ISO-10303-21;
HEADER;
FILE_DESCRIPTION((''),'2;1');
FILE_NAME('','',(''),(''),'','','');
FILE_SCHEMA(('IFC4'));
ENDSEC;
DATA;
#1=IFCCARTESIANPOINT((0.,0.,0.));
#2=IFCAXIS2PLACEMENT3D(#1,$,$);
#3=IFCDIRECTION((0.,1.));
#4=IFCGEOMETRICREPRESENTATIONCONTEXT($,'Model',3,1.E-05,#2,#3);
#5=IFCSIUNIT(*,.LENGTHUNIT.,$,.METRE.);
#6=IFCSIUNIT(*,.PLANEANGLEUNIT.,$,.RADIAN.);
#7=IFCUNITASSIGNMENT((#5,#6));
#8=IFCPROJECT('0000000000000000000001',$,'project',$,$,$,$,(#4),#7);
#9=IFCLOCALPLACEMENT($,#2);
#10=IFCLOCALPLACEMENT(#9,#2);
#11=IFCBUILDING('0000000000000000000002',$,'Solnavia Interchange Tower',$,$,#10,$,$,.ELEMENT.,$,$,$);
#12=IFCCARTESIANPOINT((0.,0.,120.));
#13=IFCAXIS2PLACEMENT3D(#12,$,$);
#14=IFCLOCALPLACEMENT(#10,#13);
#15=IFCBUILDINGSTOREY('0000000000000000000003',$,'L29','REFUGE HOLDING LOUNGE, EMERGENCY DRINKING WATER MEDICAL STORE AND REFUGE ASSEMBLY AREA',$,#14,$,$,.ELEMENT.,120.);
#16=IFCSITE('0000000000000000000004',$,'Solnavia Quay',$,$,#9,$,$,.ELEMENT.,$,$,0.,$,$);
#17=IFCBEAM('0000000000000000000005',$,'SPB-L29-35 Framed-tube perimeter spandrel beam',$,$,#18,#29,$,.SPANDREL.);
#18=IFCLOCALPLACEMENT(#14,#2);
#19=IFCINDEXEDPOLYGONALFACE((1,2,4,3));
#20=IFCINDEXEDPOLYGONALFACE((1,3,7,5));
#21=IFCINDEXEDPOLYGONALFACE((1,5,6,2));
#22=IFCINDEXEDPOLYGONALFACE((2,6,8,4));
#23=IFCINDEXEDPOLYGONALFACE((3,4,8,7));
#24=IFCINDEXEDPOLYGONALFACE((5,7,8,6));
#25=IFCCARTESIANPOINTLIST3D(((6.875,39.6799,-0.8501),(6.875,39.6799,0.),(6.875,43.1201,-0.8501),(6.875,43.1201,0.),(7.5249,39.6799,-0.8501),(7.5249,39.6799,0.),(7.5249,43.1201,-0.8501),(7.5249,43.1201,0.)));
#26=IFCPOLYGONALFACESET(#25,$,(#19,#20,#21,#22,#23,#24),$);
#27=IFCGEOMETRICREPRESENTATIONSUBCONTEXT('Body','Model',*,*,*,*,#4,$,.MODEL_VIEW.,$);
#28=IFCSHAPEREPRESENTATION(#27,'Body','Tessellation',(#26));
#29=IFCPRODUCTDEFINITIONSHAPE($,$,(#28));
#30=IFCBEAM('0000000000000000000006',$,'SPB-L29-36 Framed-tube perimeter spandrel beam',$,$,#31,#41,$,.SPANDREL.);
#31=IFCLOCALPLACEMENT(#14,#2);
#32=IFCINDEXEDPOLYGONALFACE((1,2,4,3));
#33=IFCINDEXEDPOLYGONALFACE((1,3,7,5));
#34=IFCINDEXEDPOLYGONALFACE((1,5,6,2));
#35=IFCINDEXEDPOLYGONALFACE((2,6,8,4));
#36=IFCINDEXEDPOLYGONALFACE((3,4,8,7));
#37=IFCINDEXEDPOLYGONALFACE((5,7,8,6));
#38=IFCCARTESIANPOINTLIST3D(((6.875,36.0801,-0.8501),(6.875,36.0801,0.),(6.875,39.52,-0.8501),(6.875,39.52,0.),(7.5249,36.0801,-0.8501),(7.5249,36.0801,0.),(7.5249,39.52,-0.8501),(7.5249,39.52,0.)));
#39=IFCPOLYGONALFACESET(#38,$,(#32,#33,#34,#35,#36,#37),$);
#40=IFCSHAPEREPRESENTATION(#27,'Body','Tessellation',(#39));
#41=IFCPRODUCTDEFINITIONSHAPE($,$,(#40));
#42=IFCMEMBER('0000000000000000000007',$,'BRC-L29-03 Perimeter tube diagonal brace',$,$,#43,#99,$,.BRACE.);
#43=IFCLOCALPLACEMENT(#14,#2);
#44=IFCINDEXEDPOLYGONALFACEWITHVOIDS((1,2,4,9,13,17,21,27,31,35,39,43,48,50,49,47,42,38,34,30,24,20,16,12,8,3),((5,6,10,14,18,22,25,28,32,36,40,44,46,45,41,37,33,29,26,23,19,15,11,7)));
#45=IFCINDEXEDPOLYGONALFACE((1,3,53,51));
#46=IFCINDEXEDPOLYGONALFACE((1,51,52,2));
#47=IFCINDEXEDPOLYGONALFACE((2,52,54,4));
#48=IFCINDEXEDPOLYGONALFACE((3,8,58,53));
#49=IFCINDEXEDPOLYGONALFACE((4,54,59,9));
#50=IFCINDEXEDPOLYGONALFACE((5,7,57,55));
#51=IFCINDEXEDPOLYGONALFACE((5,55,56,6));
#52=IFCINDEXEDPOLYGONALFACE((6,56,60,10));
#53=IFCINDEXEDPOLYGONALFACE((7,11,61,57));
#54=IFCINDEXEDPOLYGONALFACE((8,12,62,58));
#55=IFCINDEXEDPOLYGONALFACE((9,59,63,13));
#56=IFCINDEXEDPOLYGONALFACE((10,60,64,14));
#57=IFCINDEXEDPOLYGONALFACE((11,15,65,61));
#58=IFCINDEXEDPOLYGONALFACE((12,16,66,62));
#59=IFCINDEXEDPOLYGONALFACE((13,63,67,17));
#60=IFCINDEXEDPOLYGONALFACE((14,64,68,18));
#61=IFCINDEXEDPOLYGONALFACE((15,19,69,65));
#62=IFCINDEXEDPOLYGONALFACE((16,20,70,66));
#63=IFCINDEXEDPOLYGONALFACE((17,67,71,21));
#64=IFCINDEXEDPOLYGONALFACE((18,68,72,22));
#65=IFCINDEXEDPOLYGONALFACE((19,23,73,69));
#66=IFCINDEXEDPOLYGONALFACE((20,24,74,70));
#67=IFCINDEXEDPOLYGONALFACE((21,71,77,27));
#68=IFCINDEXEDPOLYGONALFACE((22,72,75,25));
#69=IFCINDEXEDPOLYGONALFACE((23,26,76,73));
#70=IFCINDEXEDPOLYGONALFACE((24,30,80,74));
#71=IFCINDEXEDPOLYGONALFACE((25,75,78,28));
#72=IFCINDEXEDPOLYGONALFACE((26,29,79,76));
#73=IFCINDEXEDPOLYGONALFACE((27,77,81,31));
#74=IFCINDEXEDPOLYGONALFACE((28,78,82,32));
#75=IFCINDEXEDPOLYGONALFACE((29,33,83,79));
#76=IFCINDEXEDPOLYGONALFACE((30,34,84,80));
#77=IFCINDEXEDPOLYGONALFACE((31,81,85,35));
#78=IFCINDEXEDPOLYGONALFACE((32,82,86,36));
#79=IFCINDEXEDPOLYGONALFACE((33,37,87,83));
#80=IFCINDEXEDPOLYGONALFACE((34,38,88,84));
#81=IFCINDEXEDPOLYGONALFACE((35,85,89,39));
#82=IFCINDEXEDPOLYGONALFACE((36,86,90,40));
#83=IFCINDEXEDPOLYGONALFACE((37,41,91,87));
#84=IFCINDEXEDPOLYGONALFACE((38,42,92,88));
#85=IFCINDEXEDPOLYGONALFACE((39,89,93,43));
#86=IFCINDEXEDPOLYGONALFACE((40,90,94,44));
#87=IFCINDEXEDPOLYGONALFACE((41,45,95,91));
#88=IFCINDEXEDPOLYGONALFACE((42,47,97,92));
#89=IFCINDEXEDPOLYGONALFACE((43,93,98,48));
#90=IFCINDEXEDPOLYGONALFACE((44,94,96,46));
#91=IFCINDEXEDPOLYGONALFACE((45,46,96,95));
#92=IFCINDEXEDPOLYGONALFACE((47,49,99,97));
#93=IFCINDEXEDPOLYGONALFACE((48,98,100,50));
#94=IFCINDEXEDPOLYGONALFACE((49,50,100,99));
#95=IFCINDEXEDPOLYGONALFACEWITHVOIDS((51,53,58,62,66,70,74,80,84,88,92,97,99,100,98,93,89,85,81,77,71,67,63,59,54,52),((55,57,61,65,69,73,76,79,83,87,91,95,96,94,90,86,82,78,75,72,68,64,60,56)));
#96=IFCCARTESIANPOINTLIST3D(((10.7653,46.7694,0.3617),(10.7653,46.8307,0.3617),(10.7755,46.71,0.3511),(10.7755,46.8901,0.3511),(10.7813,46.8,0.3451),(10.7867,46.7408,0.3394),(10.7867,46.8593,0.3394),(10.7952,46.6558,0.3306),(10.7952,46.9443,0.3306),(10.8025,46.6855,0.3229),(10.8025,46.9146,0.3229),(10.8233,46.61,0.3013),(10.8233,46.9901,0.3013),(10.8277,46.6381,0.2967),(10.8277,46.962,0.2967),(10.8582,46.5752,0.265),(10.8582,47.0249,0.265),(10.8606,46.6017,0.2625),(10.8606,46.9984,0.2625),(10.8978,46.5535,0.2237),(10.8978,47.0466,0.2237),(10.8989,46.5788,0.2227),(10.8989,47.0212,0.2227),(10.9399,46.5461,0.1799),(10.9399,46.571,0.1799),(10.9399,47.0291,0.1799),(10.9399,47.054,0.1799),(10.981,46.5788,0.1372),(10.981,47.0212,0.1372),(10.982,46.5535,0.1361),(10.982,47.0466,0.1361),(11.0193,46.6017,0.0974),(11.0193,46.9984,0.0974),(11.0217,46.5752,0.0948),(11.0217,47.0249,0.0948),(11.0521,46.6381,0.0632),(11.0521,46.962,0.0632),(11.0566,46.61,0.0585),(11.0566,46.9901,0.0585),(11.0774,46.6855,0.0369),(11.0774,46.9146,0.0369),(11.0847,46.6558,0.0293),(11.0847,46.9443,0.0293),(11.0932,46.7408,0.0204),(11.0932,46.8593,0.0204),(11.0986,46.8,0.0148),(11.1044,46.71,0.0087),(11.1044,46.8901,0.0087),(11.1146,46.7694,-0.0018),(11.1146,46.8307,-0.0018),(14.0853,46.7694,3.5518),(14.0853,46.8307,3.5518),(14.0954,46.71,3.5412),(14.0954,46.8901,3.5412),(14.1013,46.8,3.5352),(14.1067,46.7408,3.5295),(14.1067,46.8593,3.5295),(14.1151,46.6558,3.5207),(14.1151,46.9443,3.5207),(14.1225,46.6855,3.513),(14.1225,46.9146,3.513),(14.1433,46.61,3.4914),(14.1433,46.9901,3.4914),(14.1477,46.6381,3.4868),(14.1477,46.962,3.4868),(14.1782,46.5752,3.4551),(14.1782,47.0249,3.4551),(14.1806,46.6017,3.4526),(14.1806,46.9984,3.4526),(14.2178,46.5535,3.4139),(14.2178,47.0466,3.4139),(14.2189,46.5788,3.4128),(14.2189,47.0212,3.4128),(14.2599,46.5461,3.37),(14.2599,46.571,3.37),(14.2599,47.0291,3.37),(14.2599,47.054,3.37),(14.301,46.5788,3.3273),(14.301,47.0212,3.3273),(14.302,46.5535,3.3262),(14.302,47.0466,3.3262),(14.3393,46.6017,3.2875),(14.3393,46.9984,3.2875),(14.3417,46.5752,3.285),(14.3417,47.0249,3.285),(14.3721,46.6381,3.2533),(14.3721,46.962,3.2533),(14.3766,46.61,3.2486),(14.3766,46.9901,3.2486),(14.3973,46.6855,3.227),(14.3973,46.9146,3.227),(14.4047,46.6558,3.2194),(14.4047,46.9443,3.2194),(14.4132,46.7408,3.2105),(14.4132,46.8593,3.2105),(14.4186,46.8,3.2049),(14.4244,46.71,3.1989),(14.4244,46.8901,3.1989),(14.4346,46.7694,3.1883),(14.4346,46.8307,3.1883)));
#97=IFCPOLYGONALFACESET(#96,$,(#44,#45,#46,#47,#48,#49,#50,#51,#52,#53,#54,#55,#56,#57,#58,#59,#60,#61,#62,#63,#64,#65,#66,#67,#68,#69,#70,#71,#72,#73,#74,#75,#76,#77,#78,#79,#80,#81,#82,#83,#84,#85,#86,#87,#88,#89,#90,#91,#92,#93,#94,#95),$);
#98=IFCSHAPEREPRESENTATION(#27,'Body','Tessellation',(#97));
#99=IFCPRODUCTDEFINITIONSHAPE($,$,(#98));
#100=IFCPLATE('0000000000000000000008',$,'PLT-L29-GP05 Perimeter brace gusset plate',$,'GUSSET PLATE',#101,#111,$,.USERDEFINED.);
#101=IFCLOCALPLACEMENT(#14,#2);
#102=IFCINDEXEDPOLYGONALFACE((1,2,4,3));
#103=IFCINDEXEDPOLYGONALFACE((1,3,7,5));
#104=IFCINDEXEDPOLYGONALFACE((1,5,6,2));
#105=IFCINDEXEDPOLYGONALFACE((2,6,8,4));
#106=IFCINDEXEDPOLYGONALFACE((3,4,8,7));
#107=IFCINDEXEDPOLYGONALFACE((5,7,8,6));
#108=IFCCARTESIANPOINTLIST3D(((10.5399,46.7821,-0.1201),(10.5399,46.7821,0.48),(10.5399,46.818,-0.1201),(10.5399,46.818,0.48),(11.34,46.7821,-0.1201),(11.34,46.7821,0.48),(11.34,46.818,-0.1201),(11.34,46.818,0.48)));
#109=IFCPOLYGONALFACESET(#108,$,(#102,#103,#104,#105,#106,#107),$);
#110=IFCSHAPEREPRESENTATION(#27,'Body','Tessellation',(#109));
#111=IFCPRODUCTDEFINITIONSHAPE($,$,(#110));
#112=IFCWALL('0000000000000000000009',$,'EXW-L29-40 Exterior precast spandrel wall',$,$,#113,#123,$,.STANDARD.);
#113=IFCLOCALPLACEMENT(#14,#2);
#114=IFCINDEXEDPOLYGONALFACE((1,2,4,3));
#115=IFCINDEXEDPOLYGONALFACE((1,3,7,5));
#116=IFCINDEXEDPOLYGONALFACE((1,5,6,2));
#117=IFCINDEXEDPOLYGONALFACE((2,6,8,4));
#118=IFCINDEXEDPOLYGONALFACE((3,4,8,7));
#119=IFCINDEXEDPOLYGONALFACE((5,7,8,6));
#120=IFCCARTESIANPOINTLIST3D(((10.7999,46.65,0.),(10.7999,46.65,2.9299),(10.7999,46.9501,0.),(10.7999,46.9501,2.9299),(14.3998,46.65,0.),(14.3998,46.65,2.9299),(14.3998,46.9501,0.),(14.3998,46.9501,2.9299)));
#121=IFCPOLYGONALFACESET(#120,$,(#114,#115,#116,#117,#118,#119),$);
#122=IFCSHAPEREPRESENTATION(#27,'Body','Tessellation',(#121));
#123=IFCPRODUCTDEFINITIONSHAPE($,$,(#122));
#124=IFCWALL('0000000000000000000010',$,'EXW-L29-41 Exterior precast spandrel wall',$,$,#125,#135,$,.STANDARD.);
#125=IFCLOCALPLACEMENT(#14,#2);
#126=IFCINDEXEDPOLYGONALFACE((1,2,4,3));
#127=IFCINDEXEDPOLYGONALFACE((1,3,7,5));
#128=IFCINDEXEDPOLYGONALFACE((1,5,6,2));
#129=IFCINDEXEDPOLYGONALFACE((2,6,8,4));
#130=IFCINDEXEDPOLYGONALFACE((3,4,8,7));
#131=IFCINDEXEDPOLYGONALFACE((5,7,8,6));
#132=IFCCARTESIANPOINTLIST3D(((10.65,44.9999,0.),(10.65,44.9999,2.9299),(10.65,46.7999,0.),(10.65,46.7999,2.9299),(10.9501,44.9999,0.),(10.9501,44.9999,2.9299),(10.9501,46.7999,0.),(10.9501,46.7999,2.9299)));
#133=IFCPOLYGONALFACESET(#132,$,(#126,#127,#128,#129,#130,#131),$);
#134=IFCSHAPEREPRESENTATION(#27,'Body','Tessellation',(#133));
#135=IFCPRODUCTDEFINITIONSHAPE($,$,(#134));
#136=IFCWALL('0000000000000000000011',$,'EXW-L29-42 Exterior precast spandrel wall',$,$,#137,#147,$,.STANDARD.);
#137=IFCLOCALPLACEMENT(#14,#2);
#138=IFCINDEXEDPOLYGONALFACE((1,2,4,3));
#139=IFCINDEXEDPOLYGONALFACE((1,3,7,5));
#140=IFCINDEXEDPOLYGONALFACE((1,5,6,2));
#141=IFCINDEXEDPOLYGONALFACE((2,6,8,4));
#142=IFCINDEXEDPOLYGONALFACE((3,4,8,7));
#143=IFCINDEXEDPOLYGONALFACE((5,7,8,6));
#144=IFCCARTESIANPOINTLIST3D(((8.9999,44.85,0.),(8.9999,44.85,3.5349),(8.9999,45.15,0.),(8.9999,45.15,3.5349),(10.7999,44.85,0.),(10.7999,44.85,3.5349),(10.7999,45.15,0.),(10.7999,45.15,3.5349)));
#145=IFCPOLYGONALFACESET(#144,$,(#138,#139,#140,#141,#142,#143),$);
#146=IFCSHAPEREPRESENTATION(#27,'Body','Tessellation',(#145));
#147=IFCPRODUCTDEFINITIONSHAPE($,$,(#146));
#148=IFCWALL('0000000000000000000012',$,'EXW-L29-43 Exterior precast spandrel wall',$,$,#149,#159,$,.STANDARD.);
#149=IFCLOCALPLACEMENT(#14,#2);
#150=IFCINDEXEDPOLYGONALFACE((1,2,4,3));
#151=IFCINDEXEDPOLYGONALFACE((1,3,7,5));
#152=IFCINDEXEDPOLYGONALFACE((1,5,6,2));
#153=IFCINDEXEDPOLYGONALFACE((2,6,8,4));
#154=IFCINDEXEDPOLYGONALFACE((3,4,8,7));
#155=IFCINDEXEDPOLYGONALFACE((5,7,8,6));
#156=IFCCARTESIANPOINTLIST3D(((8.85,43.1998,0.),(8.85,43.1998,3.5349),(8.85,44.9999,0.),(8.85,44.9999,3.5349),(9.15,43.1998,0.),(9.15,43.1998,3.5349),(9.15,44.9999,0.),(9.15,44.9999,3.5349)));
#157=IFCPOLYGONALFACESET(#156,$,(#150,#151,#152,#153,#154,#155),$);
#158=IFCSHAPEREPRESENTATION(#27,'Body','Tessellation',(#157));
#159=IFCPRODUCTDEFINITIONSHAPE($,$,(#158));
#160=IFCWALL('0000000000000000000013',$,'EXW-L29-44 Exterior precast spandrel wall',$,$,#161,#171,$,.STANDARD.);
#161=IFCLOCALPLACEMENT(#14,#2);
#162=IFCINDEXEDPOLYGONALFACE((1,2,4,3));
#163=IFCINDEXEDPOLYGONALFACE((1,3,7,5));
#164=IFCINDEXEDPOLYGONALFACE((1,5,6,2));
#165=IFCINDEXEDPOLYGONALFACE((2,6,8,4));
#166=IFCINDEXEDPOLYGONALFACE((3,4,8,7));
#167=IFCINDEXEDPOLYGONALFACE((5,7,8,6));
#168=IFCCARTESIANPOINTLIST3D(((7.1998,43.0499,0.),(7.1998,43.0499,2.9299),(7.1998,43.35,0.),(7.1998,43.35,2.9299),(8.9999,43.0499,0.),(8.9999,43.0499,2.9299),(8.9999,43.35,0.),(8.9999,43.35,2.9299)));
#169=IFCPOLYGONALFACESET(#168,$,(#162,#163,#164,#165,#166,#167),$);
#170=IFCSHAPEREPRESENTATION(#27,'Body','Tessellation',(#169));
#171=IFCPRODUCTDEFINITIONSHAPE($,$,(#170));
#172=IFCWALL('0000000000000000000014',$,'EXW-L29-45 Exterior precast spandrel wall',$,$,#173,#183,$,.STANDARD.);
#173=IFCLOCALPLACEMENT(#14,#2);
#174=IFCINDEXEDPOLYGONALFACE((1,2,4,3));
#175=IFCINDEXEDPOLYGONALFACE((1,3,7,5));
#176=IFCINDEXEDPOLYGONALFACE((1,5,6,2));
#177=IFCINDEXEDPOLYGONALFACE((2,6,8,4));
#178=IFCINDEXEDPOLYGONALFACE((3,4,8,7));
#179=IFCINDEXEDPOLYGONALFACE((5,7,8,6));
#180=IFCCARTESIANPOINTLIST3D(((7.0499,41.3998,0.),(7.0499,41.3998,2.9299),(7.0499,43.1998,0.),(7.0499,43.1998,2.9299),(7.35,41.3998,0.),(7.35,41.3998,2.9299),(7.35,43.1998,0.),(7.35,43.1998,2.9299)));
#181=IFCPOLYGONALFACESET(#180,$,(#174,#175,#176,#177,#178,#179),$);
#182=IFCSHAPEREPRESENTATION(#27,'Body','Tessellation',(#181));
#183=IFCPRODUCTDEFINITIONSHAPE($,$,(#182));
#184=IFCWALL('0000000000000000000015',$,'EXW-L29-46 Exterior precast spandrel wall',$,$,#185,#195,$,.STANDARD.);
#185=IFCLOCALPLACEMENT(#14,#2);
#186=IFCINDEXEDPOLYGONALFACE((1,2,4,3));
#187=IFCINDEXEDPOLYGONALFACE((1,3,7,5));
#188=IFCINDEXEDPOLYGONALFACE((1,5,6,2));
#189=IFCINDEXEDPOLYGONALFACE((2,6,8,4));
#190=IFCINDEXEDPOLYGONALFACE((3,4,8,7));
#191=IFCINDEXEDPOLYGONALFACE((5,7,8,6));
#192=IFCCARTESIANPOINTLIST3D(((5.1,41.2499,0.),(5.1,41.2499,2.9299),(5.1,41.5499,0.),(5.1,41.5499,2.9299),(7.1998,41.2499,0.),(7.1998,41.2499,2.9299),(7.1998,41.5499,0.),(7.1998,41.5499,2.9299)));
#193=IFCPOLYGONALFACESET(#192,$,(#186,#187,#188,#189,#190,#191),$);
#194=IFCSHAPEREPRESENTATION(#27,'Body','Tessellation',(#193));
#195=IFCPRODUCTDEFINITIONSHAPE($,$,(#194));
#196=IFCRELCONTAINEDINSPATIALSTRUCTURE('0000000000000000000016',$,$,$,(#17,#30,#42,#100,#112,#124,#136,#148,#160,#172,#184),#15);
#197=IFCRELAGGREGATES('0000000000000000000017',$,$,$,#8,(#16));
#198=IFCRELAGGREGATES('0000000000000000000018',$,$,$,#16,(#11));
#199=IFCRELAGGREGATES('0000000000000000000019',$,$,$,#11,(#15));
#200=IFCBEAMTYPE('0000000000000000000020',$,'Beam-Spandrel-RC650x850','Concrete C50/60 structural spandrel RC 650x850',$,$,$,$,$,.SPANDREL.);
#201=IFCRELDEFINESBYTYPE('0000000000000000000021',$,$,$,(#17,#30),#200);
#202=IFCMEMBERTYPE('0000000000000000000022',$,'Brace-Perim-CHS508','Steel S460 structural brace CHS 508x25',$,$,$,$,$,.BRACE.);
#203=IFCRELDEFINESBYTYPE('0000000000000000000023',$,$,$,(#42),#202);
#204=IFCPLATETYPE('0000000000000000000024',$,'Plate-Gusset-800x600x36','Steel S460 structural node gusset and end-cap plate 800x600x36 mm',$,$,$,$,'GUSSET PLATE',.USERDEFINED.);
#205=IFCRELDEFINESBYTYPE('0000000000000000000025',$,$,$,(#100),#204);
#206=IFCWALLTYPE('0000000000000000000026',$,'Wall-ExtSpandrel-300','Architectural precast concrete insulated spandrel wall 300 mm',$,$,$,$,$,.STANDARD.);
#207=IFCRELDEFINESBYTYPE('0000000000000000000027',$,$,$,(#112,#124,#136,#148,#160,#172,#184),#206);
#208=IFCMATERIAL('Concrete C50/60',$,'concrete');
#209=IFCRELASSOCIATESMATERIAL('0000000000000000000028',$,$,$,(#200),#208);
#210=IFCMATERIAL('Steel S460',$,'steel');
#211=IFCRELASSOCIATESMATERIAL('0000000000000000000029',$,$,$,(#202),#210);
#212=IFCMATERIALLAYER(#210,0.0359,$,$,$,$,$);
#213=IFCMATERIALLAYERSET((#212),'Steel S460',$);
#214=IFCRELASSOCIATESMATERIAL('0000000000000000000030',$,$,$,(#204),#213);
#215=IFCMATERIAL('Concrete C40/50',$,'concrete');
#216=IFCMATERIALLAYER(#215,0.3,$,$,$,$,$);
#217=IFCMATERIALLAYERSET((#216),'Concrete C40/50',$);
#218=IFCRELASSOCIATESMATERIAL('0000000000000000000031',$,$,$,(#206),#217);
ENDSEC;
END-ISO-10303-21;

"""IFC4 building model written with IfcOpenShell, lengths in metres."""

from ifc_helpers import new_model, si_unit, direction, frame, frame_2d, origin, origin_2d, place, context, subcontext, project, spatial, rectangle, hollow_circle, extrude, material, layer, layer_set, material_profile, profile_set, type_object, element, save


model = new_model("IFC4")

# Units and contexts
model_context = context("Model", 3, precision=1e-05, world=origin(), true_north=direction((0.0, 1.0)))
body_context = subcontext(model_context, "Body", "Model", "MODEL_VIEW")
ifc_project = project(units=[si_unit("LENGTHUNIT", "METRE"), si_unit("PLANEANGLEUNIT", "RADIAN")], contexts=[model_context])

# Site, building, storey
site_placement = place(None, origin())
site = spatial("IfcSite", under=ifc_project, at=site_placement, Name="Solnavia Quay", CompositionType="ELEMENT", RefElevation=0.0)
building_placement = place(site_placement, origin())
building = spatial("IfcBuilding", under=site, at=building_placement, Name="Solnavia Interchange Tower", CompositionType="ELEMENT")
storey_placement = place(building_placement, frame((0.0, 0.0, 120.0)))
storey = spatial("IfcBuildingStorey", under=building, at=storey_placement, Name="L29", Description="REFUGE HOLDING LOUNGE, EMERGENCY DRINKING WATER MEDICAL STORE AND REFUGE ASSEMBLY AREA", CompositionType="ELEMENT", Elevation=120.0)

# Shared definitions
ifc_material_1 = material(Name="Concrete C50/60", Category="concrete")

# Beams
ifc_material_profile_1 = material_profile(ifc_material_1, rectangle(XDim=0.6499, YDim=0.8501, at=origin_2d()), Name="RC 650x850")
ifc_profile_set_1 = profile_set([ifc_material_profile_1], Name="Concrete C50/60")
beam_type_1 = type_object("IfcBeamType", Name="Beam-Spandrel-RC650x850", Description="Concrete C50/60 structural spandrel RC 650x850", PredefinedType="SPANDREL", material=ifc_profile_set_1)
beam_1_placement = place(storey_placement, frame((7.2, 43.1201, -0.425), z_axis=(0.0, -1.0, 0.0), x_axis=(1.0, 0.0, 0.0)))
element("IfcBeam", 1, at=beam_1_placement, inside=storey, type_object=beam_type_1, Name="SPB-L29-35 Framed-tube perimeter spandrel beam", PredefinedType="SPANDREL", context=body_context, shape_type="SweptSolid", body=[
    extrude(rectangle(XDim=0.6499, YDim=0.8501, at=origin_2d()), origin(), (0.0, 0.0, 1.0), 3.4402),
])
beam_2_placement = place(storey_placement, frame((7.2, 39.52, -0.425), z_axis=(0.0, -1.0, 0.0), x_axis=(1.0, 0.0, 0.0)))
element("IfcBeam", 2, at=beam_2_placement, inside=storey, type_object=beam_type_1, Name="SPB-L29-36 Framed-tube perimeter spandrel beam", PredefinedType="SPANDREL", context=body_context, shape_type="SweptSolid", body=[
    extrude(rectangle(XDim=0.6499, YDim=0.8501, at=origin_2d()), origin(), (0.0, 0.0, 1.0), 3.4399),
])

# Member
ifc_material_2 = material(Name="Steel S460", Category="steel")
ifc_material_profile_2 = material_profile(ifc_material_2, hollow_circle(Radius=0.2539, WallThickness=0.0249, at=origin_2d()), Name="CHS 508x25")
ifc_profile_set_2 = profile_set([ifc_material_profile_2], Name="Steel S460")
member_type = type_object("IfcMemberType", Name="Brace-Perim-CHS508", Description="Steel S460 structural brace CHS 508x25", PredefinedType="BRACE", material=ifc_profile_set_2)
member_placement = place(storey_placement, frame((10.9399, 46.8, 0.1799), z_axis=(0.72107, 0.0, 0.692862), x_axis=(0.0, 1.0, 0.0)))
element("IfcMember", 3, at=member_placement, inside=storey, type_object=member_type, Name="BRC-L29-03 Perimeter tube diagonal brace", PredefinedType="BRACE", context=body_context, shape_type="SweptSolid", body=[
    extrude(hollow_circle(Radius=0.2539, WallThickness=0.0249, at=origin_2d()), origin(), (0.0, 0.0, 1.0), 4.6042),
])

# Plate
ifc_layer_1 = layer(ifc_material_2, 0.0359)
ifc_layer_set_1 = layer_set([ifc_layer_1], Name="Steel S460")
plate_type = type_object("IfcPlateType", Name="Plate-Gusset-800x600x36", Description="Steel S460 structural node gusset and end-cap plate 800x600x36 mm", ElementType="GUSSET PLATE", PredefinedType="USERDEFINED", material=ifc_layer_set_1)
plate_placement = place(storey_placement, frame((10.9399, 46.8, -0.1201), z_axis=(0.0, 0.0, 1.0), x_axis=(1.0, 0.0, 0.0)))
element("IfcPlate", 4, at=plate_placement, inside=storey, type_object=plate_type, Name="PLT-L29-GP05 Perimeter brace gusset plate", ObjectType="GUSSET PLATE", PredefinedType="USERDEFINED", context=body_context, shape_type="SweptSolid", body=[
    extrude(rectangle(XDim=0.8, YDim=0.0359, at=origin_2d()), origin(), (0.0, 0.0, 1.0), 0.6001),
])

# Walls
ifc_material_3 = material(Name="Concrete C40/50", Category="concrete")
ifc_layer_2 = layer(ifc_material_3, 0.3)
ifc_layer_set_2 = layer_set([ifc_layer_2], Name="Concrete C40/50")
wall_type_1 = type_object("IfcWallType", Name="Wall-ExtSpandrel-300", Description="Architectural precast concrete insulated spandrel wall 300 mm", PredefinedType="STANDARD", material=ifc_layer_set_2)
wall_1_placement = place(storey_placement, frame((10.8, 46.8, 0.0), z_axis=(0.0, 0.0, 1.0), x_axis=(1.0, 0.0, 0.0)))
element("IfcWall", 5, at=wall_1_placement, inside=storey, type_object=wall_type_1, Name="EXW-L29-40 Exterior precast spandrel wall", PredefinedType="STANDARD", context=body_context, shape_type="SweptSolid", body=[
    extrude(rectangle(XDim=3.5999, YDim=0.3, at=frame_2d((1.7998, 0.0))), origin(), (0.0, 0.0, 1.0), 2.9299),
])
wall_2_placement = place(storey_placement, frame((10.8, 45.0, 0.0), z_axis=(0.0, 0.0, 1.0), x_axis=(0.0, 1.0, 0.0)))
element("IfcWall", 6, at=wall_2_placement, inside=storey, type_object=wall_type_1, Name="EXW-L29-41 Exterior precast spandrel wall", PredefinedType="STANDARD", context=body_context, shape_type="SweptSolid", body=[
    extrude(rectangle(XDim=1.8, YDim=0.3, at=frame_2d((0.8999, 0.0))), origin(), (0.0, 0.0, 1.0), 2.9299),
])
for number, where, z_axis, x_axis, name in (
    (7, (9.0, 45.0, 0.0), (0.0, 0.0, 1.0), (1.0, 0.0, 0.0), "EXW-L29-42 Exterior precast spandrel wall"),
    (8, (9.0, 43.2, 0.0), (0.0, 0.0, 1.0), (0.0, 1.0, 0.0), "EXW-L29-43 Exterior precast spandrel wall"),
):
    element("IfcWall", number, at=place(storey_placement, frame(where, z_axis=z_axis, x_axis=x_axis)), inside=storey, type_object=wall_type_1, Name=name, PredefinedType="STANDARD", context=body_context, shape_type="SweptSolid", body=[
        extrude(rectangle(XDim=1.8, YDim=0.3, at=frame_2d((0.8999, 0.0))), origin(), (0.0, 0.0, 1.0), 3.5349),
    ])
for number, where, z_axis, x_axis, name in (
    (9, (7.2, 43.2, 0.0), (0.0, 0.0, 1.0), (1.0, 0.0, 0.0), "EXW-L29-44 Exterior precast spandrel wall"),
    (10, (7.2, 41.3999, 0.0), (0.0, 0.0, 1.0), (0.0, 1.0, 0.0), "EXW-L29-45 Exterior precast spandrel wall"),
):
    element("IfcWall", number, at=place(storey_placement, frame(where, z_axis=z_axis, x_axis=x_axis)), inside=storey, type_object=wall_type_1, Name=name, PredefinedType="STANDARD", context=body_context, shape_type="SweptSolid", body=[
        extrude(rectangle(XDim=1.8, YDim=0.3, at=frame_2d((0.8999, 0.0))), origin(), (0.0, 0.0, 1.0), 2.9299),
    ])
wall_3_placement = place(storey_placement, frame((5.1001, 41.3999, 0.0), z_axis=(0.0, 0.0, 1.0), x_axis=(1.0, 0.0, 0.0)))
element("IfcWall", 11, at=wall_3_placement, inside=storey, type_object=wall_type_1, Name="EXW-L29-46 Exterior precast spandrel wall", PredefinedType="STANDARD", context=body_context, shape_type="SweptSolid", body=[
    extrude(rectangle(XDim=2.0999, YDim=0.3, at=frame_2d((1.0498, 0.0))), origin(), (0.0, 0.0, 1.0), 2.9299),
])

save(model, "model.ifc")
